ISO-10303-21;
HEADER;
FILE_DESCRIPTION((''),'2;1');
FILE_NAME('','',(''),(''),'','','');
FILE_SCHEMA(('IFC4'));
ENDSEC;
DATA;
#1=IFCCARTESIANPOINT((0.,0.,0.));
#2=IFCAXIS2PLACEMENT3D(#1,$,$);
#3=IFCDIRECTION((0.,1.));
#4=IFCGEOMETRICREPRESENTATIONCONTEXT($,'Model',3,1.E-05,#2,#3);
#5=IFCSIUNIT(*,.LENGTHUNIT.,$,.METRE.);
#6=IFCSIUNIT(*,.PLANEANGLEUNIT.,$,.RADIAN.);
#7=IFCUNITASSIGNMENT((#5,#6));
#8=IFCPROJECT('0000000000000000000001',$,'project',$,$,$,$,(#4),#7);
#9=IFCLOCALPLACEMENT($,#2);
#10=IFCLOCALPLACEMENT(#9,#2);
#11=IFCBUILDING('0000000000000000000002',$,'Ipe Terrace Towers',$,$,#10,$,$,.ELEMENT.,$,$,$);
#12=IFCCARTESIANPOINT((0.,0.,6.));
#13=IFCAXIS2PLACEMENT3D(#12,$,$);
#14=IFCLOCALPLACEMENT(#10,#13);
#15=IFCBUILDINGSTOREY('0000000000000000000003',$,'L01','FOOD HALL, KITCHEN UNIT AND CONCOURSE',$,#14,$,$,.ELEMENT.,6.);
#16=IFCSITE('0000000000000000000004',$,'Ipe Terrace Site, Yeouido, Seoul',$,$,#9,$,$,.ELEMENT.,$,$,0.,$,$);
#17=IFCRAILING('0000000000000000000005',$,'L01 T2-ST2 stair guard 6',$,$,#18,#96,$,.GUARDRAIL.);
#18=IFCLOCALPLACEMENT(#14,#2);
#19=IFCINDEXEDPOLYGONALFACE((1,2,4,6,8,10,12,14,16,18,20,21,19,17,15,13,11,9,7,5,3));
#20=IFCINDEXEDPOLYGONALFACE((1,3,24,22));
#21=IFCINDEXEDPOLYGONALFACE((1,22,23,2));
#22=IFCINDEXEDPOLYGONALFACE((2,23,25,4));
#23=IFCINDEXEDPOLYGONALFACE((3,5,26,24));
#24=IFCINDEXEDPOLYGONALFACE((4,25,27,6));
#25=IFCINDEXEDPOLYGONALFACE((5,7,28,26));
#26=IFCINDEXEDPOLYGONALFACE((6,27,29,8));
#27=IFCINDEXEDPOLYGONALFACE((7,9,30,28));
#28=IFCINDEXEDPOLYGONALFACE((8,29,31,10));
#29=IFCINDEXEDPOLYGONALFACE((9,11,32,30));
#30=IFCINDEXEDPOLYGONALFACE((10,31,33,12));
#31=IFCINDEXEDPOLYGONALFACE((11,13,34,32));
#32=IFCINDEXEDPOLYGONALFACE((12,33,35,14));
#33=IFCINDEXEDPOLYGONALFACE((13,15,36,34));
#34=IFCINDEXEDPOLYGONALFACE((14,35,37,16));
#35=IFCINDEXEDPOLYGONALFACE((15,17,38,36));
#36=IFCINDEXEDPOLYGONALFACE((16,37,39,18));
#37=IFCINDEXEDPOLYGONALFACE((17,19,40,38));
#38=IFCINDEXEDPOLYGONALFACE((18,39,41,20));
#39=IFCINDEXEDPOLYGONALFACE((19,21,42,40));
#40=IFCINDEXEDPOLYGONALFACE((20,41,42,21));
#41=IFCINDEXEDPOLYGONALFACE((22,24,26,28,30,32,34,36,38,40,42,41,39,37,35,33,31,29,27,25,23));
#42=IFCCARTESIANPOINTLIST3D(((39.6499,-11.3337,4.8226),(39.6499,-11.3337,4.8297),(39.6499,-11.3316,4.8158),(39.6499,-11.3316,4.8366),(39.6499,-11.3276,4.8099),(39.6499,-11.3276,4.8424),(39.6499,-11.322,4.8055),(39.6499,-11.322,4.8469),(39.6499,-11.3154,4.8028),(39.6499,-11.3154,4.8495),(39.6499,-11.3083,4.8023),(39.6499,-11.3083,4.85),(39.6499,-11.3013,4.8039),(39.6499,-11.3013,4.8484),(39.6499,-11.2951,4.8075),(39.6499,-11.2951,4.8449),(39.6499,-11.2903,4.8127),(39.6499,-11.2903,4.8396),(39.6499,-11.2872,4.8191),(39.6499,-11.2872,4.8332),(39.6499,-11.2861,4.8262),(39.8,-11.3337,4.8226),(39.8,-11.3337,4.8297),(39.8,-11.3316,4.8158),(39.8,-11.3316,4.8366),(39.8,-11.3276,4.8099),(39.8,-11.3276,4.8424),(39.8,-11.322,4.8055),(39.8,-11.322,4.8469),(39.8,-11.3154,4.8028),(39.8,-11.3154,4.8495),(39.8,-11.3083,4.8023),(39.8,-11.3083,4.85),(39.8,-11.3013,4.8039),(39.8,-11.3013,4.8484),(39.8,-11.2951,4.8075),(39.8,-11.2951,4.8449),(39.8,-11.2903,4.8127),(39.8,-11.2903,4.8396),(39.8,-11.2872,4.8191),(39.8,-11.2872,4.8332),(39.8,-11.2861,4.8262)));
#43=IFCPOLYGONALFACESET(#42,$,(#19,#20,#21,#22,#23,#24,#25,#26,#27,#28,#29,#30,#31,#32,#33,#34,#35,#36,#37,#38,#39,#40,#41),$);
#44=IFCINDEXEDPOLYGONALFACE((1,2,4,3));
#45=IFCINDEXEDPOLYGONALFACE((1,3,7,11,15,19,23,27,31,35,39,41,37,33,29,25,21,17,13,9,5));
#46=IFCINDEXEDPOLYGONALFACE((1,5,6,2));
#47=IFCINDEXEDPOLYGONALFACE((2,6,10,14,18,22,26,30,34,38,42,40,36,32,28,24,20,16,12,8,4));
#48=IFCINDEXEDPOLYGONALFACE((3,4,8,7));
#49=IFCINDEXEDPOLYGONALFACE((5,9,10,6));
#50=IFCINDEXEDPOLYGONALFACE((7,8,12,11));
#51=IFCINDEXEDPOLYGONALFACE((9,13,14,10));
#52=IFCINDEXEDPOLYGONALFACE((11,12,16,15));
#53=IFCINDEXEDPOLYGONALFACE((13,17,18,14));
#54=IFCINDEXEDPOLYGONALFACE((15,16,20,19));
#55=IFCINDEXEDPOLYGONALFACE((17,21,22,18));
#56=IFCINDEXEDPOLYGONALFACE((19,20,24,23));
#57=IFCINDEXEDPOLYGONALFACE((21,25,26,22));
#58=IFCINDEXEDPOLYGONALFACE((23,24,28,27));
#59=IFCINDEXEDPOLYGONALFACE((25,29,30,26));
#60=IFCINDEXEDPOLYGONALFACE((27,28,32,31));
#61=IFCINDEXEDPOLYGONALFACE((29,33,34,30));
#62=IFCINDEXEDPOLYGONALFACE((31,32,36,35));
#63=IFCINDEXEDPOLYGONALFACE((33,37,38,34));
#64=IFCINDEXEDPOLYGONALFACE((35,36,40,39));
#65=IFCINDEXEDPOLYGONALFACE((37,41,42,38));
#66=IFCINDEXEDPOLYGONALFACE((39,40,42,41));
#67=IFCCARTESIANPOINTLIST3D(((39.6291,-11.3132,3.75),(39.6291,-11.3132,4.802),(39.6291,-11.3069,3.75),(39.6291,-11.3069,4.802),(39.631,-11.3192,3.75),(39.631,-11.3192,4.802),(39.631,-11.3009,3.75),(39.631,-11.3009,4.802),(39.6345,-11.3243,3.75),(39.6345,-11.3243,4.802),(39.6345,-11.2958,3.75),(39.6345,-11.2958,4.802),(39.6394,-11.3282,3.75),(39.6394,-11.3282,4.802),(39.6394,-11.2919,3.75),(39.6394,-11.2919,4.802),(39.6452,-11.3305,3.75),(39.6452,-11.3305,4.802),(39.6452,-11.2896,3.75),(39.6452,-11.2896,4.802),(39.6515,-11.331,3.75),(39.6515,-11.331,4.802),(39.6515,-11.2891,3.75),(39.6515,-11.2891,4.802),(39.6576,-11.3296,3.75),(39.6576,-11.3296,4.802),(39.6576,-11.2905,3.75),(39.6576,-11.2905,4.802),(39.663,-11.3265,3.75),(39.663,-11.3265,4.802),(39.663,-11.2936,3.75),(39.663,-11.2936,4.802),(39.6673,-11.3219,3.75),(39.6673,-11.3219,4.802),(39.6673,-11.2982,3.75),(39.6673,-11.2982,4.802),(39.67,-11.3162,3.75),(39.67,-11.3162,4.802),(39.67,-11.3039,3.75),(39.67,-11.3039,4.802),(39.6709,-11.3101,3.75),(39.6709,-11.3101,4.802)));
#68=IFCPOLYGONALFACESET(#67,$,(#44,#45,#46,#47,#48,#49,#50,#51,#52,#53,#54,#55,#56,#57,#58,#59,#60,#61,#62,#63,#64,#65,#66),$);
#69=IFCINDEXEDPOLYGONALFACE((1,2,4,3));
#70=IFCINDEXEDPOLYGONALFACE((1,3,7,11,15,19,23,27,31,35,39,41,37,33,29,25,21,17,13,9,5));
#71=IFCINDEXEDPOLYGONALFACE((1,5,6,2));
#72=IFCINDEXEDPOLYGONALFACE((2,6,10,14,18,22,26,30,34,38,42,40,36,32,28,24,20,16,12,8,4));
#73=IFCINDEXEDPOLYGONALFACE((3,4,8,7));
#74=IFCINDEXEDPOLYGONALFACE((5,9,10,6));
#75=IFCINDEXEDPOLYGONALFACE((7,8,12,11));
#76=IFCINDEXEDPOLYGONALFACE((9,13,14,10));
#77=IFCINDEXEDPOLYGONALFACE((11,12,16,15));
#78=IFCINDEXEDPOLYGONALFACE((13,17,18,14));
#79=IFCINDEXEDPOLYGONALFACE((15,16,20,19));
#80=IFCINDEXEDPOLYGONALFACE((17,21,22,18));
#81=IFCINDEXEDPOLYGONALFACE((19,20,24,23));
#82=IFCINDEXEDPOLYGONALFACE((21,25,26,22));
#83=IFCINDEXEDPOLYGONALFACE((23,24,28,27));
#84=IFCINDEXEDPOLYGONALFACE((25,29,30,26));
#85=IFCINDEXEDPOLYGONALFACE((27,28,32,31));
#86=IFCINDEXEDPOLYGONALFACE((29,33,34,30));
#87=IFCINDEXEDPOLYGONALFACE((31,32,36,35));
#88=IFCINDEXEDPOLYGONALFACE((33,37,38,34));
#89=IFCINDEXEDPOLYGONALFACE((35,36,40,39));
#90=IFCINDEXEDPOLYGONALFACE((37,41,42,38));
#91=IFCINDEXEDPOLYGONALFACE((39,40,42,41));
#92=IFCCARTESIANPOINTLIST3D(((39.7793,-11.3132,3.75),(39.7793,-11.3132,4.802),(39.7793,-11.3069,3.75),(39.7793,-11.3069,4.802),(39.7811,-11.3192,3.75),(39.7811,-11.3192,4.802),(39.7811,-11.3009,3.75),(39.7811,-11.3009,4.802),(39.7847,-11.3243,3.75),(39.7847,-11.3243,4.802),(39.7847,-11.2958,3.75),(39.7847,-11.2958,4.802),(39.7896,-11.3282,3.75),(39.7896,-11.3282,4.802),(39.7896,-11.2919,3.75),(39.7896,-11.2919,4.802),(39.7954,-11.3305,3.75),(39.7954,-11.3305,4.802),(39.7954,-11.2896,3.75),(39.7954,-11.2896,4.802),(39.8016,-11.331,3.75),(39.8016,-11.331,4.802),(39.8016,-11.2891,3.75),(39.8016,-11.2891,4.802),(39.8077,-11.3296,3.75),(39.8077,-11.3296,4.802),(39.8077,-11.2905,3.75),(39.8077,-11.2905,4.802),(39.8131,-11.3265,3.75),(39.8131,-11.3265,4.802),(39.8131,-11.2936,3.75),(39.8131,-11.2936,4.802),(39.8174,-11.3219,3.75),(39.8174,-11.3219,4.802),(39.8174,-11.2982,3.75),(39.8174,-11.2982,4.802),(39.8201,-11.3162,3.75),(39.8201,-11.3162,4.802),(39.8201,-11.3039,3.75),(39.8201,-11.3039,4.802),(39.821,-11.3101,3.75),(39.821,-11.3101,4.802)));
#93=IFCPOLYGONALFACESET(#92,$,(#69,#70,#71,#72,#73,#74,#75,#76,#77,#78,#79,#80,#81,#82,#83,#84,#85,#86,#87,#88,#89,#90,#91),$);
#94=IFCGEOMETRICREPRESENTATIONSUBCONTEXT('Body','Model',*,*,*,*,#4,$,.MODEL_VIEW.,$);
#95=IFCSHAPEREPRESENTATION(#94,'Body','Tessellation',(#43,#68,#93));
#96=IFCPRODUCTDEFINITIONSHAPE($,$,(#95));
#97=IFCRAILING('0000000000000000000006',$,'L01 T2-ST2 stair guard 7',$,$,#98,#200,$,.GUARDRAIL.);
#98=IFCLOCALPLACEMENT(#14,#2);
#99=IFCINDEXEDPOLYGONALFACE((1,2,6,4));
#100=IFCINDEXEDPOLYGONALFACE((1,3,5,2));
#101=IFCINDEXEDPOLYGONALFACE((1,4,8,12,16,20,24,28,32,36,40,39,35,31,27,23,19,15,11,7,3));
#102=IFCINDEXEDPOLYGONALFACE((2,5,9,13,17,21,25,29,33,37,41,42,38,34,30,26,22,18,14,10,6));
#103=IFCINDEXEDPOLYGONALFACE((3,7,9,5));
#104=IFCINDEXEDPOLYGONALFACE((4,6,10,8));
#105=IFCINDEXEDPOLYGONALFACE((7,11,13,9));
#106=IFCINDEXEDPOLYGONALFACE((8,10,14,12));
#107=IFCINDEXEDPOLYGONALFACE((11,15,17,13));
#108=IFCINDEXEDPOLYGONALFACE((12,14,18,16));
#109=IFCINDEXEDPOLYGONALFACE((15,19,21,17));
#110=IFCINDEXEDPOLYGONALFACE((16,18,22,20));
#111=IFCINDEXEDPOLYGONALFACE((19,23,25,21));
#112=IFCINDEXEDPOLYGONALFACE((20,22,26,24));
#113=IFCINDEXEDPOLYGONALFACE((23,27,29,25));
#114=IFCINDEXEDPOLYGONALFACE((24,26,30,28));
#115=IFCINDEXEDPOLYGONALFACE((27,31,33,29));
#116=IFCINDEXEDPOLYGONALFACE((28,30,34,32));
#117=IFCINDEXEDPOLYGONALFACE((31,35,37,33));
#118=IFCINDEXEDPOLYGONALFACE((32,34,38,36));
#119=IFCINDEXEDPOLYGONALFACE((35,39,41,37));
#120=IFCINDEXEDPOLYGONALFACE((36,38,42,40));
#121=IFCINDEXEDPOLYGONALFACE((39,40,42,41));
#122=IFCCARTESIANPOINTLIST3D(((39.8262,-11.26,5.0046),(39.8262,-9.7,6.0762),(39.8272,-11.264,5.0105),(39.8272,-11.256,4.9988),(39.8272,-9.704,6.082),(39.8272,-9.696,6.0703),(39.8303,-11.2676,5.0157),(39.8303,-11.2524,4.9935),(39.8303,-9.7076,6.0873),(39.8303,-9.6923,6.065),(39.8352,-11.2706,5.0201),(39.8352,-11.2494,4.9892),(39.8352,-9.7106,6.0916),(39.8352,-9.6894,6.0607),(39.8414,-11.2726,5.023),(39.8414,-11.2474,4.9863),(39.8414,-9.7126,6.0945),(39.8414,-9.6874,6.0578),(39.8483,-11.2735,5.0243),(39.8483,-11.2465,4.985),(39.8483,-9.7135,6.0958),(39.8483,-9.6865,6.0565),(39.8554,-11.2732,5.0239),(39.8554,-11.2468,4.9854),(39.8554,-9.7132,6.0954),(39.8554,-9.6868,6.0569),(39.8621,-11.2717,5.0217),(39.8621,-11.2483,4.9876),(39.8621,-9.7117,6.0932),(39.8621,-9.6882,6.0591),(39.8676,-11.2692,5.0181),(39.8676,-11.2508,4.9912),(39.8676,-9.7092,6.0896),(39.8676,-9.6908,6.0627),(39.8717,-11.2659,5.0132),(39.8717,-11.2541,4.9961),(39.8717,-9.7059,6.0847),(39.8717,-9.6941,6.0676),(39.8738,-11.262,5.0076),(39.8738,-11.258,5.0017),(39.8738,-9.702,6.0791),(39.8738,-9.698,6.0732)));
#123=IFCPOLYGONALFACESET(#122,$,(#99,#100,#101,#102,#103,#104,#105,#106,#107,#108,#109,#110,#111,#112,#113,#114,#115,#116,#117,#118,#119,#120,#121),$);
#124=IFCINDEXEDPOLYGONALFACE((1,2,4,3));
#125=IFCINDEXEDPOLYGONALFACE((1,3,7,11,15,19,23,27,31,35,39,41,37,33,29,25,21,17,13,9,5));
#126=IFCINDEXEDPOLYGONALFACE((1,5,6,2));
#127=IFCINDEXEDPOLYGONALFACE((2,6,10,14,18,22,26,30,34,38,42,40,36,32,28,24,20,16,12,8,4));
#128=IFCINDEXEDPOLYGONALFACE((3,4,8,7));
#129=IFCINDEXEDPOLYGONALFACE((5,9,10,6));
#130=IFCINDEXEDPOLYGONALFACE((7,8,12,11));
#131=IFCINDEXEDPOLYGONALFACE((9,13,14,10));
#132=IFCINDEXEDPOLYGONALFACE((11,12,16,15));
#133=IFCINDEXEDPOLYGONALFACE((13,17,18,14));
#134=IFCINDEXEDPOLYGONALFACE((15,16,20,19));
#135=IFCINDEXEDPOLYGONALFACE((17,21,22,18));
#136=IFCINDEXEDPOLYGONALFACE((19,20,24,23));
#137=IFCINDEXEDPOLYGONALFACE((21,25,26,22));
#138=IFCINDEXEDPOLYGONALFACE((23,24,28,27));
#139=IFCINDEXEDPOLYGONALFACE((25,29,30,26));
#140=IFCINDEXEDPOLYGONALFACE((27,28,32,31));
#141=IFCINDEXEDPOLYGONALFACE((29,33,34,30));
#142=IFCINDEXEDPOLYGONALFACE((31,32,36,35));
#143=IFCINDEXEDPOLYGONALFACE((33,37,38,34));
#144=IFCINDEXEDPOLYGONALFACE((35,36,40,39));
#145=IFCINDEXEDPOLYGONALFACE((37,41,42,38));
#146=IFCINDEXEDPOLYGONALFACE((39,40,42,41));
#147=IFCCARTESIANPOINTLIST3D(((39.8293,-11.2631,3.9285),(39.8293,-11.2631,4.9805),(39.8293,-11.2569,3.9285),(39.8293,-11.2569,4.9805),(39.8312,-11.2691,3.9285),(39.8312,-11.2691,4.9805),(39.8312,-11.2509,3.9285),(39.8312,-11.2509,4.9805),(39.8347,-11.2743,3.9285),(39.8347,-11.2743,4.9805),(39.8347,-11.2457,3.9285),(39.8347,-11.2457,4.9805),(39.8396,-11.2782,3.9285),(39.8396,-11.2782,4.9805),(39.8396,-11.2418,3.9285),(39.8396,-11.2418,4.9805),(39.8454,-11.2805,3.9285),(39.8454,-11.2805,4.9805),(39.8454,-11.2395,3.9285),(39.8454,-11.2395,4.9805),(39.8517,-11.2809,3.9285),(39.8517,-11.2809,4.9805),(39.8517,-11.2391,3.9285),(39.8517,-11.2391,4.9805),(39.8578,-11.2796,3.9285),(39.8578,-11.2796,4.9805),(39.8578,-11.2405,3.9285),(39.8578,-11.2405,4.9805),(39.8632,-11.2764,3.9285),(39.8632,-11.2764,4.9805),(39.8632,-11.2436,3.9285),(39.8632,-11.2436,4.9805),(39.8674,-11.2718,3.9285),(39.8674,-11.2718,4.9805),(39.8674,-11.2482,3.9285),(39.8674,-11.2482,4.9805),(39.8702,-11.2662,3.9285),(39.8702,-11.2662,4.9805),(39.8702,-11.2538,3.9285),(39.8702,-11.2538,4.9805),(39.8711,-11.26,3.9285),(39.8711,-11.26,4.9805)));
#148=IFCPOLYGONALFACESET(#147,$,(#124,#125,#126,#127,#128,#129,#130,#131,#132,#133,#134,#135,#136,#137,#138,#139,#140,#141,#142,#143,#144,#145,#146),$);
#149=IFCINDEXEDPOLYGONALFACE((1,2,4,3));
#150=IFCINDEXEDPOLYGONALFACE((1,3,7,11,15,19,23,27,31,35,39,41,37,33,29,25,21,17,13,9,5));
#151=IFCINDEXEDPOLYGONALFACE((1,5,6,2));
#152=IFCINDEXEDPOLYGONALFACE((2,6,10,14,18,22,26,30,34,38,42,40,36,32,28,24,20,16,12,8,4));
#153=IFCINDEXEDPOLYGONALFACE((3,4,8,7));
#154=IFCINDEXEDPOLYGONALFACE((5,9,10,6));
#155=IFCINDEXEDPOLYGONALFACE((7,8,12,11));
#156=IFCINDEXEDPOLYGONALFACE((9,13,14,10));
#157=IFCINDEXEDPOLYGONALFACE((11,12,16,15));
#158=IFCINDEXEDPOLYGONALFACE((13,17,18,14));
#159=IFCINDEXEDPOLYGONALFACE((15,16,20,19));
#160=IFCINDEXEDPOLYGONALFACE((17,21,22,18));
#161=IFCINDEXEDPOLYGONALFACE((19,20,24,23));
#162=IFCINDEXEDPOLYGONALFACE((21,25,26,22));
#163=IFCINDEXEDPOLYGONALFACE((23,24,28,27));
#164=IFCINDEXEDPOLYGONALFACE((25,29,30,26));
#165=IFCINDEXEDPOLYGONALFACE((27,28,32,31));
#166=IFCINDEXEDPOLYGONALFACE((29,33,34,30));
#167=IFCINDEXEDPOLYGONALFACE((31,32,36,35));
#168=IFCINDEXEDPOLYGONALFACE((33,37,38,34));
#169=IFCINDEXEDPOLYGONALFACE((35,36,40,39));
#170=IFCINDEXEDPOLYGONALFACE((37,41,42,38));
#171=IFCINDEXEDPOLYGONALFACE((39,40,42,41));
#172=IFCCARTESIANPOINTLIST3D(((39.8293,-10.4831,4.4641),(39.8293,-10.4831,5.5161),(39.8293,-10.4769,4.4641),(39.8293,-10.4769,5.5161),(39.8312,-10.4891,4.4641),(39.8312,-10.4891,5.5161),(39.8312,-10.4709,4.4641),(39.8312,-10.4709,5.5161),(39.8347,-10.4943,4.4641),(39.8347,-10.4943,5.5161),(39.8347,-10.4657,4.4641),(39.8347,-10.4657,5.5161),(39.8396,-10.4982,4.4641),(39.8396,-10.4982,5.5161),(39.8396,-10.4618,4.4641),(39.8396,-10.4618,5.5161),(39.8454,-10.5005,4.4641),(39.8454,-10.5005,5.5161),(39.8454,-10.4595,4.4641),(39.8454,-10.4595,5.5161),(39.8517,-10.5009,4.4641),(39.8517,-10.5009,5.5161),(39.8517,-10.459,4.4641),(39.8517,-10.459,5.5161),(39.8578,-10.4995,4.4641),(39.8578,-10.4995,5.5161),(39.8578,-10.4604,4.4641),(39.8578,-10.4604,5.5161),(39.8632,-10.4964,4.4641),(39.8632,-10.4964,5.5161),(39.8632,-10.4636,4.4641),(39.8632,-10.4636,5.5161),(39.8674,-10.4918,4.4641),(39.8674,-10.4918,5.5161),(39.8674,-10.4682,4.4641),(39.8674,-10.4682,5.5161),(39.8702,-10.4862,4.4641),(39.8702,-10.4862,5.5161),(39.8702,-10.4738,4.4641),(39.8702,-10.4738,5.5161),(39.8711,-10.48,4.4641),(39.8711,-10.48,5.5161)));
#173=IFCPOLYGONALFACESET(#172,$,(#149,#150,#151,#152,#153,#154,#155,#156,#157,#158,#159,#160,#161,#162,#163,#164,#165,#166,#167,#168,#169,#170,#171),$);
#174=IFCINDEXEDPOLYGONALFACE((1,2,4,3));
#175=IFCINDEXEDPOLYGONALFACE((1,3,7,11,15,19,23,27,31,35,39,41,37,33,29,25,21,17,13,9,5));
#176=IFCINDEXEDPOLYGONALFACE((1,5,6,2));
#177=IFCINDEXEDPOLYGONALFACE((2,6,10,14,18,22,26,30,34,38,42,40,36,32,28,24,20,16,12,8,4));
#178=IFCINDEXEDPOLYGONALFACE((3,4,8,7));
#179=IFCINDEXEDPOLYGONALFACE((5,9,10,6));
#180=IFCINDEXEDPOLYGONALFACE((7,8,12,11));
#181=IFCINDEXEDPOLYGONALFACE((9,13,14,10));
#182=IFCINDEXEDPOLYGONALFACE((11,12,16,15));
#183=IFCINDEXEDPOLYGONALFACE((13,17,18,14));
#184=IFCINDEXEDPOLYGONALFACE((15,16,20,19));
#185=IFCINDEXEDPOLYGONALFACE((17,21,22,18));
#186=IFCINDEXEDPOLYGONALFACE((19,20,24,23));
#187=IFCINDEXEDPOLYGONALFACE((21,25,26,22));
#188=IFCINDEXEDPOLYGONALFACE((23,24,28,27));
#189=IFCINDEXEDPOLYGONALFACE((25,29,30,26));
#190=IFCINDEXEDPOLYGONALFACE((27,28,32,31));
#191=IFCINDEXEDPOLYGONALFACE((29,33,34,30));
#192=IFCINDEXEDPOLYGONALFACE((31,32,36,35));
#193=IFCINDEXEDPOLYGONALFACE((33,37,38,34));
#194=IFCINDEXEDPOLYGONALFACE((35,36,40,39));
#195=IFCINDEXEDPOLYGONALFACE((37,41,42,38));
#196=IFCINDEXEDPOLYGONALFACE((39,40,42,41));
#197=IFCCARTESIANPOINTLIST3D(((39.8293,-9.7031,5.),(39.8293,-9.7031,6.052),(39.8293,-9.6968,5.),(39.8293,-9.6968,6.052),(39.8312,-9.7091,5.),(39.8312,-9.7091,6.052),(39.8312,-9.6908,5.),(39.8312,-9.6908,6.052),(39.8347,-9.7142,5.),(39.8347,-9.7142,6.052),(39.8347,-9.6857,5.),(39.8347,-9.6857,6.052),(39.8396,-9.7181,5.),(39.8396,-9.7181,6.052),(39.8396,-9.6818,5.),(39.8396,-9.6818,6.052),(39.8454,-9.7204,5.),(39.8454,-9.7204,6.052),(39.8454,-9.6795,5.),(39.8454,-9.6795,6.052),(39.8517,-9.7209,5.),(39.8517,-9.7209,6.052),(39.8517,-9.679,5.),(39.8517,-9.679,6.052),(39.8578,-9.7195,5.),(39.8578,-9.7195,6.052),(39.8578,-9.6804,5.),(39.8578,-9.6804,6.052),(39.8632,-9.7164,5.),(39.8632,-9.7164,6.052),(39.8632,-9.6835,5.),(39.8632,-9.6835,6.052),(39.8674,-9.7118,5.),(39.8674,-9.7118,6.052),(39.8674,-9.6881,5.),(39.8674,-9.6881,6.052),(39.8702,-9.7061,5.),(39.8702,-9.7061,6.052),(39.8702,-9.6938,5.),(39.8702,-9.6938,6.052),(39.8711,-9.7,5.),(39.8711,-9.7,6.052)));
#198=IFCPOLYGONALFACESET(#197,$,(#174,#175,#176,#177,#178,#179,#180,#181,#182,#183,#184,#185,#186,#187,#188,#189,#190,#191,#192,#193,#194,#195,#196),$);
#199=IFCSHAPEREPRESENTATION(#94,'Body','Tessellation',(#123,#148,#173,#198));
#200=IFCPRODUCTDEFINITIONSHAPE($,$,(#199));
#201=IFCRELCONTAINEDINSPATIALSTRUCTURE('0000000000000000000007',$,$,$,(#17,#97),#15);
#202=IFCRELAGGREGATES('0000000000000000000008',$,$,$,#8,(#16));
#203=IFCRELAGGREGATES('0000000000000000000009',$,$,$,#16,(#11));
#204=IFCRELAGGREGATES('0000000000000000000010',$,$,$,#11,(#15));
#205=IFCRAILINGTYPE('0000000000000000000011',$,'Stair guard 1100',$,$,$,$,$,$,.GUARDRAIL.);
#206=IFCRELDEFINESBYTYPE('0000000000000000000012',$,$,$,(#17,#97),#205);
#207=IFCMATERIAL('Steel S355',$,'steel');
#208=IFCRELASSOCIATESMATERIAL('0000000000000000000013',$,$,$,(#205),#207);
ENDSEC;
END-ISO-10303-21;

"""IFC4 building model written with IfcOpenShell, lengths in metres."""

from ifc_helpers import new_model, si_unit, direction, frame, origin, origin_2d, place, context, subcontext, project, spatial, circle, extrude, material, type_object, element, save


model = new_model("IFC4")

# Units and contexts
model_context = context("Model", 3, precision=1e-05, world=origin(), true_north=direction((0.0, 1.0)))
body_context = subcontext(model_context, "Body", "Model", "MODEL_VIEW")
ifc_project = project(units=[si_unit("LENGTHUNIT", "METRE"), si_unit("PLANEANGLEUNIT", "RADIAN")], contexts=[model_context])

# Site, building, storey
site_placement = place(None, origin())
site = spatial("IfcSite", under=ifc_project, at=site_placement, Name="Ipe Terrace Site, Yeouido, Seoul", CompositionType="ELEMENT", RefElevation=0.0)
building_placement = place(site_placement, origin())
building = spatial("IfcBuilding", under=site, at=building_placement, Name="Ipe Terrace Towers", CompositionType="ELEMENT")
storey_placement = place(building_placement, frame((0.0, 0.0, 6.0)))
storey = spatial("IfcBuildingStorey", under=building, at=storey_placement, Name="L01", Description="FOOD HALL, KITCHEN UNIT AND CONCOURSE", CompositionType="ELEMENT", Elevation=6.0)

# Railings
ifc_material_1 = material(Name="Steel S355", Category="steel")
railing_type_1 = type_object("IfcRailingType", Name="Stair guard 1100", PredefinedType="GUARDRAIL", material=ifc_material_1)
railing_1_placement = place(storey_placement, frame((39.6499, -11.3101, 3.75)))
element("IfcRailing", 1, at=railing_1_placement, inside=storey, type_object=railing_type_1, Name="L01 T2-ST2 stair guard 6", PredefinedType="GUARDRAIL", context=body_context, shape_type="SweptSolid", body=[
    extrude(circle(Radius=0.0239, at=origin_2d()), frame((0.0, 0.0, 1.0762), z_axis=(1.0, 0.0, 0.0), x_axis=(0.0, 1.0, 0.0)), (0.0, 0.0, 1.0), 0.1501),
    extrude(circle(Radius=0.021, at=origin_2d()), origin(), (0.0, 0.0, 1.0), 1.052),
    extrude(circle(Radius=0.021, at=origin_2d()), frame((0.1501, 0.0, 0.0)), (0.0, 0.0, 1.0), 1.052),
])
railing_2_placement = place(storey_placement, frame((39.8501, -11.26, 3.9285)))
element("IfcRailing", 2, at=railing_2_placement, inside=storey, type_object=railing_type_1, Name="L01 T2-ST2 stair guard 7", PredefinedType="GUARDRAIL", context=body_context, shape_type="SweptSolid", body=[
    extrude(circle(Radius=0.0239, at=origin_2d()), frame((0.0, 0.0, 1.0762), z_axis=(0.0, 0.82429, 0.566167), x_axis=(-1.0, 0.0, 0.0)), (0.0, 0.0, 1.0), 1.8926),
    extrude(circle(Radius=0.021, at=origin_2d()), origin(), (0.0, 0.0, 1.0), 1.052),
    extrude(circle(Radius=0.021, at=origin_2d()), frame((0.0, 0.78, 0.5356)), (0.0, 0.0, 1.0), 1.052),
    extrude(circle(Radius=0.021, at=origin_2d()), frame((0.0, 1.5601, 1.0715)), (0.0, 0.0, 1.0), 1.052),
])

save(model, "model.ifc")
